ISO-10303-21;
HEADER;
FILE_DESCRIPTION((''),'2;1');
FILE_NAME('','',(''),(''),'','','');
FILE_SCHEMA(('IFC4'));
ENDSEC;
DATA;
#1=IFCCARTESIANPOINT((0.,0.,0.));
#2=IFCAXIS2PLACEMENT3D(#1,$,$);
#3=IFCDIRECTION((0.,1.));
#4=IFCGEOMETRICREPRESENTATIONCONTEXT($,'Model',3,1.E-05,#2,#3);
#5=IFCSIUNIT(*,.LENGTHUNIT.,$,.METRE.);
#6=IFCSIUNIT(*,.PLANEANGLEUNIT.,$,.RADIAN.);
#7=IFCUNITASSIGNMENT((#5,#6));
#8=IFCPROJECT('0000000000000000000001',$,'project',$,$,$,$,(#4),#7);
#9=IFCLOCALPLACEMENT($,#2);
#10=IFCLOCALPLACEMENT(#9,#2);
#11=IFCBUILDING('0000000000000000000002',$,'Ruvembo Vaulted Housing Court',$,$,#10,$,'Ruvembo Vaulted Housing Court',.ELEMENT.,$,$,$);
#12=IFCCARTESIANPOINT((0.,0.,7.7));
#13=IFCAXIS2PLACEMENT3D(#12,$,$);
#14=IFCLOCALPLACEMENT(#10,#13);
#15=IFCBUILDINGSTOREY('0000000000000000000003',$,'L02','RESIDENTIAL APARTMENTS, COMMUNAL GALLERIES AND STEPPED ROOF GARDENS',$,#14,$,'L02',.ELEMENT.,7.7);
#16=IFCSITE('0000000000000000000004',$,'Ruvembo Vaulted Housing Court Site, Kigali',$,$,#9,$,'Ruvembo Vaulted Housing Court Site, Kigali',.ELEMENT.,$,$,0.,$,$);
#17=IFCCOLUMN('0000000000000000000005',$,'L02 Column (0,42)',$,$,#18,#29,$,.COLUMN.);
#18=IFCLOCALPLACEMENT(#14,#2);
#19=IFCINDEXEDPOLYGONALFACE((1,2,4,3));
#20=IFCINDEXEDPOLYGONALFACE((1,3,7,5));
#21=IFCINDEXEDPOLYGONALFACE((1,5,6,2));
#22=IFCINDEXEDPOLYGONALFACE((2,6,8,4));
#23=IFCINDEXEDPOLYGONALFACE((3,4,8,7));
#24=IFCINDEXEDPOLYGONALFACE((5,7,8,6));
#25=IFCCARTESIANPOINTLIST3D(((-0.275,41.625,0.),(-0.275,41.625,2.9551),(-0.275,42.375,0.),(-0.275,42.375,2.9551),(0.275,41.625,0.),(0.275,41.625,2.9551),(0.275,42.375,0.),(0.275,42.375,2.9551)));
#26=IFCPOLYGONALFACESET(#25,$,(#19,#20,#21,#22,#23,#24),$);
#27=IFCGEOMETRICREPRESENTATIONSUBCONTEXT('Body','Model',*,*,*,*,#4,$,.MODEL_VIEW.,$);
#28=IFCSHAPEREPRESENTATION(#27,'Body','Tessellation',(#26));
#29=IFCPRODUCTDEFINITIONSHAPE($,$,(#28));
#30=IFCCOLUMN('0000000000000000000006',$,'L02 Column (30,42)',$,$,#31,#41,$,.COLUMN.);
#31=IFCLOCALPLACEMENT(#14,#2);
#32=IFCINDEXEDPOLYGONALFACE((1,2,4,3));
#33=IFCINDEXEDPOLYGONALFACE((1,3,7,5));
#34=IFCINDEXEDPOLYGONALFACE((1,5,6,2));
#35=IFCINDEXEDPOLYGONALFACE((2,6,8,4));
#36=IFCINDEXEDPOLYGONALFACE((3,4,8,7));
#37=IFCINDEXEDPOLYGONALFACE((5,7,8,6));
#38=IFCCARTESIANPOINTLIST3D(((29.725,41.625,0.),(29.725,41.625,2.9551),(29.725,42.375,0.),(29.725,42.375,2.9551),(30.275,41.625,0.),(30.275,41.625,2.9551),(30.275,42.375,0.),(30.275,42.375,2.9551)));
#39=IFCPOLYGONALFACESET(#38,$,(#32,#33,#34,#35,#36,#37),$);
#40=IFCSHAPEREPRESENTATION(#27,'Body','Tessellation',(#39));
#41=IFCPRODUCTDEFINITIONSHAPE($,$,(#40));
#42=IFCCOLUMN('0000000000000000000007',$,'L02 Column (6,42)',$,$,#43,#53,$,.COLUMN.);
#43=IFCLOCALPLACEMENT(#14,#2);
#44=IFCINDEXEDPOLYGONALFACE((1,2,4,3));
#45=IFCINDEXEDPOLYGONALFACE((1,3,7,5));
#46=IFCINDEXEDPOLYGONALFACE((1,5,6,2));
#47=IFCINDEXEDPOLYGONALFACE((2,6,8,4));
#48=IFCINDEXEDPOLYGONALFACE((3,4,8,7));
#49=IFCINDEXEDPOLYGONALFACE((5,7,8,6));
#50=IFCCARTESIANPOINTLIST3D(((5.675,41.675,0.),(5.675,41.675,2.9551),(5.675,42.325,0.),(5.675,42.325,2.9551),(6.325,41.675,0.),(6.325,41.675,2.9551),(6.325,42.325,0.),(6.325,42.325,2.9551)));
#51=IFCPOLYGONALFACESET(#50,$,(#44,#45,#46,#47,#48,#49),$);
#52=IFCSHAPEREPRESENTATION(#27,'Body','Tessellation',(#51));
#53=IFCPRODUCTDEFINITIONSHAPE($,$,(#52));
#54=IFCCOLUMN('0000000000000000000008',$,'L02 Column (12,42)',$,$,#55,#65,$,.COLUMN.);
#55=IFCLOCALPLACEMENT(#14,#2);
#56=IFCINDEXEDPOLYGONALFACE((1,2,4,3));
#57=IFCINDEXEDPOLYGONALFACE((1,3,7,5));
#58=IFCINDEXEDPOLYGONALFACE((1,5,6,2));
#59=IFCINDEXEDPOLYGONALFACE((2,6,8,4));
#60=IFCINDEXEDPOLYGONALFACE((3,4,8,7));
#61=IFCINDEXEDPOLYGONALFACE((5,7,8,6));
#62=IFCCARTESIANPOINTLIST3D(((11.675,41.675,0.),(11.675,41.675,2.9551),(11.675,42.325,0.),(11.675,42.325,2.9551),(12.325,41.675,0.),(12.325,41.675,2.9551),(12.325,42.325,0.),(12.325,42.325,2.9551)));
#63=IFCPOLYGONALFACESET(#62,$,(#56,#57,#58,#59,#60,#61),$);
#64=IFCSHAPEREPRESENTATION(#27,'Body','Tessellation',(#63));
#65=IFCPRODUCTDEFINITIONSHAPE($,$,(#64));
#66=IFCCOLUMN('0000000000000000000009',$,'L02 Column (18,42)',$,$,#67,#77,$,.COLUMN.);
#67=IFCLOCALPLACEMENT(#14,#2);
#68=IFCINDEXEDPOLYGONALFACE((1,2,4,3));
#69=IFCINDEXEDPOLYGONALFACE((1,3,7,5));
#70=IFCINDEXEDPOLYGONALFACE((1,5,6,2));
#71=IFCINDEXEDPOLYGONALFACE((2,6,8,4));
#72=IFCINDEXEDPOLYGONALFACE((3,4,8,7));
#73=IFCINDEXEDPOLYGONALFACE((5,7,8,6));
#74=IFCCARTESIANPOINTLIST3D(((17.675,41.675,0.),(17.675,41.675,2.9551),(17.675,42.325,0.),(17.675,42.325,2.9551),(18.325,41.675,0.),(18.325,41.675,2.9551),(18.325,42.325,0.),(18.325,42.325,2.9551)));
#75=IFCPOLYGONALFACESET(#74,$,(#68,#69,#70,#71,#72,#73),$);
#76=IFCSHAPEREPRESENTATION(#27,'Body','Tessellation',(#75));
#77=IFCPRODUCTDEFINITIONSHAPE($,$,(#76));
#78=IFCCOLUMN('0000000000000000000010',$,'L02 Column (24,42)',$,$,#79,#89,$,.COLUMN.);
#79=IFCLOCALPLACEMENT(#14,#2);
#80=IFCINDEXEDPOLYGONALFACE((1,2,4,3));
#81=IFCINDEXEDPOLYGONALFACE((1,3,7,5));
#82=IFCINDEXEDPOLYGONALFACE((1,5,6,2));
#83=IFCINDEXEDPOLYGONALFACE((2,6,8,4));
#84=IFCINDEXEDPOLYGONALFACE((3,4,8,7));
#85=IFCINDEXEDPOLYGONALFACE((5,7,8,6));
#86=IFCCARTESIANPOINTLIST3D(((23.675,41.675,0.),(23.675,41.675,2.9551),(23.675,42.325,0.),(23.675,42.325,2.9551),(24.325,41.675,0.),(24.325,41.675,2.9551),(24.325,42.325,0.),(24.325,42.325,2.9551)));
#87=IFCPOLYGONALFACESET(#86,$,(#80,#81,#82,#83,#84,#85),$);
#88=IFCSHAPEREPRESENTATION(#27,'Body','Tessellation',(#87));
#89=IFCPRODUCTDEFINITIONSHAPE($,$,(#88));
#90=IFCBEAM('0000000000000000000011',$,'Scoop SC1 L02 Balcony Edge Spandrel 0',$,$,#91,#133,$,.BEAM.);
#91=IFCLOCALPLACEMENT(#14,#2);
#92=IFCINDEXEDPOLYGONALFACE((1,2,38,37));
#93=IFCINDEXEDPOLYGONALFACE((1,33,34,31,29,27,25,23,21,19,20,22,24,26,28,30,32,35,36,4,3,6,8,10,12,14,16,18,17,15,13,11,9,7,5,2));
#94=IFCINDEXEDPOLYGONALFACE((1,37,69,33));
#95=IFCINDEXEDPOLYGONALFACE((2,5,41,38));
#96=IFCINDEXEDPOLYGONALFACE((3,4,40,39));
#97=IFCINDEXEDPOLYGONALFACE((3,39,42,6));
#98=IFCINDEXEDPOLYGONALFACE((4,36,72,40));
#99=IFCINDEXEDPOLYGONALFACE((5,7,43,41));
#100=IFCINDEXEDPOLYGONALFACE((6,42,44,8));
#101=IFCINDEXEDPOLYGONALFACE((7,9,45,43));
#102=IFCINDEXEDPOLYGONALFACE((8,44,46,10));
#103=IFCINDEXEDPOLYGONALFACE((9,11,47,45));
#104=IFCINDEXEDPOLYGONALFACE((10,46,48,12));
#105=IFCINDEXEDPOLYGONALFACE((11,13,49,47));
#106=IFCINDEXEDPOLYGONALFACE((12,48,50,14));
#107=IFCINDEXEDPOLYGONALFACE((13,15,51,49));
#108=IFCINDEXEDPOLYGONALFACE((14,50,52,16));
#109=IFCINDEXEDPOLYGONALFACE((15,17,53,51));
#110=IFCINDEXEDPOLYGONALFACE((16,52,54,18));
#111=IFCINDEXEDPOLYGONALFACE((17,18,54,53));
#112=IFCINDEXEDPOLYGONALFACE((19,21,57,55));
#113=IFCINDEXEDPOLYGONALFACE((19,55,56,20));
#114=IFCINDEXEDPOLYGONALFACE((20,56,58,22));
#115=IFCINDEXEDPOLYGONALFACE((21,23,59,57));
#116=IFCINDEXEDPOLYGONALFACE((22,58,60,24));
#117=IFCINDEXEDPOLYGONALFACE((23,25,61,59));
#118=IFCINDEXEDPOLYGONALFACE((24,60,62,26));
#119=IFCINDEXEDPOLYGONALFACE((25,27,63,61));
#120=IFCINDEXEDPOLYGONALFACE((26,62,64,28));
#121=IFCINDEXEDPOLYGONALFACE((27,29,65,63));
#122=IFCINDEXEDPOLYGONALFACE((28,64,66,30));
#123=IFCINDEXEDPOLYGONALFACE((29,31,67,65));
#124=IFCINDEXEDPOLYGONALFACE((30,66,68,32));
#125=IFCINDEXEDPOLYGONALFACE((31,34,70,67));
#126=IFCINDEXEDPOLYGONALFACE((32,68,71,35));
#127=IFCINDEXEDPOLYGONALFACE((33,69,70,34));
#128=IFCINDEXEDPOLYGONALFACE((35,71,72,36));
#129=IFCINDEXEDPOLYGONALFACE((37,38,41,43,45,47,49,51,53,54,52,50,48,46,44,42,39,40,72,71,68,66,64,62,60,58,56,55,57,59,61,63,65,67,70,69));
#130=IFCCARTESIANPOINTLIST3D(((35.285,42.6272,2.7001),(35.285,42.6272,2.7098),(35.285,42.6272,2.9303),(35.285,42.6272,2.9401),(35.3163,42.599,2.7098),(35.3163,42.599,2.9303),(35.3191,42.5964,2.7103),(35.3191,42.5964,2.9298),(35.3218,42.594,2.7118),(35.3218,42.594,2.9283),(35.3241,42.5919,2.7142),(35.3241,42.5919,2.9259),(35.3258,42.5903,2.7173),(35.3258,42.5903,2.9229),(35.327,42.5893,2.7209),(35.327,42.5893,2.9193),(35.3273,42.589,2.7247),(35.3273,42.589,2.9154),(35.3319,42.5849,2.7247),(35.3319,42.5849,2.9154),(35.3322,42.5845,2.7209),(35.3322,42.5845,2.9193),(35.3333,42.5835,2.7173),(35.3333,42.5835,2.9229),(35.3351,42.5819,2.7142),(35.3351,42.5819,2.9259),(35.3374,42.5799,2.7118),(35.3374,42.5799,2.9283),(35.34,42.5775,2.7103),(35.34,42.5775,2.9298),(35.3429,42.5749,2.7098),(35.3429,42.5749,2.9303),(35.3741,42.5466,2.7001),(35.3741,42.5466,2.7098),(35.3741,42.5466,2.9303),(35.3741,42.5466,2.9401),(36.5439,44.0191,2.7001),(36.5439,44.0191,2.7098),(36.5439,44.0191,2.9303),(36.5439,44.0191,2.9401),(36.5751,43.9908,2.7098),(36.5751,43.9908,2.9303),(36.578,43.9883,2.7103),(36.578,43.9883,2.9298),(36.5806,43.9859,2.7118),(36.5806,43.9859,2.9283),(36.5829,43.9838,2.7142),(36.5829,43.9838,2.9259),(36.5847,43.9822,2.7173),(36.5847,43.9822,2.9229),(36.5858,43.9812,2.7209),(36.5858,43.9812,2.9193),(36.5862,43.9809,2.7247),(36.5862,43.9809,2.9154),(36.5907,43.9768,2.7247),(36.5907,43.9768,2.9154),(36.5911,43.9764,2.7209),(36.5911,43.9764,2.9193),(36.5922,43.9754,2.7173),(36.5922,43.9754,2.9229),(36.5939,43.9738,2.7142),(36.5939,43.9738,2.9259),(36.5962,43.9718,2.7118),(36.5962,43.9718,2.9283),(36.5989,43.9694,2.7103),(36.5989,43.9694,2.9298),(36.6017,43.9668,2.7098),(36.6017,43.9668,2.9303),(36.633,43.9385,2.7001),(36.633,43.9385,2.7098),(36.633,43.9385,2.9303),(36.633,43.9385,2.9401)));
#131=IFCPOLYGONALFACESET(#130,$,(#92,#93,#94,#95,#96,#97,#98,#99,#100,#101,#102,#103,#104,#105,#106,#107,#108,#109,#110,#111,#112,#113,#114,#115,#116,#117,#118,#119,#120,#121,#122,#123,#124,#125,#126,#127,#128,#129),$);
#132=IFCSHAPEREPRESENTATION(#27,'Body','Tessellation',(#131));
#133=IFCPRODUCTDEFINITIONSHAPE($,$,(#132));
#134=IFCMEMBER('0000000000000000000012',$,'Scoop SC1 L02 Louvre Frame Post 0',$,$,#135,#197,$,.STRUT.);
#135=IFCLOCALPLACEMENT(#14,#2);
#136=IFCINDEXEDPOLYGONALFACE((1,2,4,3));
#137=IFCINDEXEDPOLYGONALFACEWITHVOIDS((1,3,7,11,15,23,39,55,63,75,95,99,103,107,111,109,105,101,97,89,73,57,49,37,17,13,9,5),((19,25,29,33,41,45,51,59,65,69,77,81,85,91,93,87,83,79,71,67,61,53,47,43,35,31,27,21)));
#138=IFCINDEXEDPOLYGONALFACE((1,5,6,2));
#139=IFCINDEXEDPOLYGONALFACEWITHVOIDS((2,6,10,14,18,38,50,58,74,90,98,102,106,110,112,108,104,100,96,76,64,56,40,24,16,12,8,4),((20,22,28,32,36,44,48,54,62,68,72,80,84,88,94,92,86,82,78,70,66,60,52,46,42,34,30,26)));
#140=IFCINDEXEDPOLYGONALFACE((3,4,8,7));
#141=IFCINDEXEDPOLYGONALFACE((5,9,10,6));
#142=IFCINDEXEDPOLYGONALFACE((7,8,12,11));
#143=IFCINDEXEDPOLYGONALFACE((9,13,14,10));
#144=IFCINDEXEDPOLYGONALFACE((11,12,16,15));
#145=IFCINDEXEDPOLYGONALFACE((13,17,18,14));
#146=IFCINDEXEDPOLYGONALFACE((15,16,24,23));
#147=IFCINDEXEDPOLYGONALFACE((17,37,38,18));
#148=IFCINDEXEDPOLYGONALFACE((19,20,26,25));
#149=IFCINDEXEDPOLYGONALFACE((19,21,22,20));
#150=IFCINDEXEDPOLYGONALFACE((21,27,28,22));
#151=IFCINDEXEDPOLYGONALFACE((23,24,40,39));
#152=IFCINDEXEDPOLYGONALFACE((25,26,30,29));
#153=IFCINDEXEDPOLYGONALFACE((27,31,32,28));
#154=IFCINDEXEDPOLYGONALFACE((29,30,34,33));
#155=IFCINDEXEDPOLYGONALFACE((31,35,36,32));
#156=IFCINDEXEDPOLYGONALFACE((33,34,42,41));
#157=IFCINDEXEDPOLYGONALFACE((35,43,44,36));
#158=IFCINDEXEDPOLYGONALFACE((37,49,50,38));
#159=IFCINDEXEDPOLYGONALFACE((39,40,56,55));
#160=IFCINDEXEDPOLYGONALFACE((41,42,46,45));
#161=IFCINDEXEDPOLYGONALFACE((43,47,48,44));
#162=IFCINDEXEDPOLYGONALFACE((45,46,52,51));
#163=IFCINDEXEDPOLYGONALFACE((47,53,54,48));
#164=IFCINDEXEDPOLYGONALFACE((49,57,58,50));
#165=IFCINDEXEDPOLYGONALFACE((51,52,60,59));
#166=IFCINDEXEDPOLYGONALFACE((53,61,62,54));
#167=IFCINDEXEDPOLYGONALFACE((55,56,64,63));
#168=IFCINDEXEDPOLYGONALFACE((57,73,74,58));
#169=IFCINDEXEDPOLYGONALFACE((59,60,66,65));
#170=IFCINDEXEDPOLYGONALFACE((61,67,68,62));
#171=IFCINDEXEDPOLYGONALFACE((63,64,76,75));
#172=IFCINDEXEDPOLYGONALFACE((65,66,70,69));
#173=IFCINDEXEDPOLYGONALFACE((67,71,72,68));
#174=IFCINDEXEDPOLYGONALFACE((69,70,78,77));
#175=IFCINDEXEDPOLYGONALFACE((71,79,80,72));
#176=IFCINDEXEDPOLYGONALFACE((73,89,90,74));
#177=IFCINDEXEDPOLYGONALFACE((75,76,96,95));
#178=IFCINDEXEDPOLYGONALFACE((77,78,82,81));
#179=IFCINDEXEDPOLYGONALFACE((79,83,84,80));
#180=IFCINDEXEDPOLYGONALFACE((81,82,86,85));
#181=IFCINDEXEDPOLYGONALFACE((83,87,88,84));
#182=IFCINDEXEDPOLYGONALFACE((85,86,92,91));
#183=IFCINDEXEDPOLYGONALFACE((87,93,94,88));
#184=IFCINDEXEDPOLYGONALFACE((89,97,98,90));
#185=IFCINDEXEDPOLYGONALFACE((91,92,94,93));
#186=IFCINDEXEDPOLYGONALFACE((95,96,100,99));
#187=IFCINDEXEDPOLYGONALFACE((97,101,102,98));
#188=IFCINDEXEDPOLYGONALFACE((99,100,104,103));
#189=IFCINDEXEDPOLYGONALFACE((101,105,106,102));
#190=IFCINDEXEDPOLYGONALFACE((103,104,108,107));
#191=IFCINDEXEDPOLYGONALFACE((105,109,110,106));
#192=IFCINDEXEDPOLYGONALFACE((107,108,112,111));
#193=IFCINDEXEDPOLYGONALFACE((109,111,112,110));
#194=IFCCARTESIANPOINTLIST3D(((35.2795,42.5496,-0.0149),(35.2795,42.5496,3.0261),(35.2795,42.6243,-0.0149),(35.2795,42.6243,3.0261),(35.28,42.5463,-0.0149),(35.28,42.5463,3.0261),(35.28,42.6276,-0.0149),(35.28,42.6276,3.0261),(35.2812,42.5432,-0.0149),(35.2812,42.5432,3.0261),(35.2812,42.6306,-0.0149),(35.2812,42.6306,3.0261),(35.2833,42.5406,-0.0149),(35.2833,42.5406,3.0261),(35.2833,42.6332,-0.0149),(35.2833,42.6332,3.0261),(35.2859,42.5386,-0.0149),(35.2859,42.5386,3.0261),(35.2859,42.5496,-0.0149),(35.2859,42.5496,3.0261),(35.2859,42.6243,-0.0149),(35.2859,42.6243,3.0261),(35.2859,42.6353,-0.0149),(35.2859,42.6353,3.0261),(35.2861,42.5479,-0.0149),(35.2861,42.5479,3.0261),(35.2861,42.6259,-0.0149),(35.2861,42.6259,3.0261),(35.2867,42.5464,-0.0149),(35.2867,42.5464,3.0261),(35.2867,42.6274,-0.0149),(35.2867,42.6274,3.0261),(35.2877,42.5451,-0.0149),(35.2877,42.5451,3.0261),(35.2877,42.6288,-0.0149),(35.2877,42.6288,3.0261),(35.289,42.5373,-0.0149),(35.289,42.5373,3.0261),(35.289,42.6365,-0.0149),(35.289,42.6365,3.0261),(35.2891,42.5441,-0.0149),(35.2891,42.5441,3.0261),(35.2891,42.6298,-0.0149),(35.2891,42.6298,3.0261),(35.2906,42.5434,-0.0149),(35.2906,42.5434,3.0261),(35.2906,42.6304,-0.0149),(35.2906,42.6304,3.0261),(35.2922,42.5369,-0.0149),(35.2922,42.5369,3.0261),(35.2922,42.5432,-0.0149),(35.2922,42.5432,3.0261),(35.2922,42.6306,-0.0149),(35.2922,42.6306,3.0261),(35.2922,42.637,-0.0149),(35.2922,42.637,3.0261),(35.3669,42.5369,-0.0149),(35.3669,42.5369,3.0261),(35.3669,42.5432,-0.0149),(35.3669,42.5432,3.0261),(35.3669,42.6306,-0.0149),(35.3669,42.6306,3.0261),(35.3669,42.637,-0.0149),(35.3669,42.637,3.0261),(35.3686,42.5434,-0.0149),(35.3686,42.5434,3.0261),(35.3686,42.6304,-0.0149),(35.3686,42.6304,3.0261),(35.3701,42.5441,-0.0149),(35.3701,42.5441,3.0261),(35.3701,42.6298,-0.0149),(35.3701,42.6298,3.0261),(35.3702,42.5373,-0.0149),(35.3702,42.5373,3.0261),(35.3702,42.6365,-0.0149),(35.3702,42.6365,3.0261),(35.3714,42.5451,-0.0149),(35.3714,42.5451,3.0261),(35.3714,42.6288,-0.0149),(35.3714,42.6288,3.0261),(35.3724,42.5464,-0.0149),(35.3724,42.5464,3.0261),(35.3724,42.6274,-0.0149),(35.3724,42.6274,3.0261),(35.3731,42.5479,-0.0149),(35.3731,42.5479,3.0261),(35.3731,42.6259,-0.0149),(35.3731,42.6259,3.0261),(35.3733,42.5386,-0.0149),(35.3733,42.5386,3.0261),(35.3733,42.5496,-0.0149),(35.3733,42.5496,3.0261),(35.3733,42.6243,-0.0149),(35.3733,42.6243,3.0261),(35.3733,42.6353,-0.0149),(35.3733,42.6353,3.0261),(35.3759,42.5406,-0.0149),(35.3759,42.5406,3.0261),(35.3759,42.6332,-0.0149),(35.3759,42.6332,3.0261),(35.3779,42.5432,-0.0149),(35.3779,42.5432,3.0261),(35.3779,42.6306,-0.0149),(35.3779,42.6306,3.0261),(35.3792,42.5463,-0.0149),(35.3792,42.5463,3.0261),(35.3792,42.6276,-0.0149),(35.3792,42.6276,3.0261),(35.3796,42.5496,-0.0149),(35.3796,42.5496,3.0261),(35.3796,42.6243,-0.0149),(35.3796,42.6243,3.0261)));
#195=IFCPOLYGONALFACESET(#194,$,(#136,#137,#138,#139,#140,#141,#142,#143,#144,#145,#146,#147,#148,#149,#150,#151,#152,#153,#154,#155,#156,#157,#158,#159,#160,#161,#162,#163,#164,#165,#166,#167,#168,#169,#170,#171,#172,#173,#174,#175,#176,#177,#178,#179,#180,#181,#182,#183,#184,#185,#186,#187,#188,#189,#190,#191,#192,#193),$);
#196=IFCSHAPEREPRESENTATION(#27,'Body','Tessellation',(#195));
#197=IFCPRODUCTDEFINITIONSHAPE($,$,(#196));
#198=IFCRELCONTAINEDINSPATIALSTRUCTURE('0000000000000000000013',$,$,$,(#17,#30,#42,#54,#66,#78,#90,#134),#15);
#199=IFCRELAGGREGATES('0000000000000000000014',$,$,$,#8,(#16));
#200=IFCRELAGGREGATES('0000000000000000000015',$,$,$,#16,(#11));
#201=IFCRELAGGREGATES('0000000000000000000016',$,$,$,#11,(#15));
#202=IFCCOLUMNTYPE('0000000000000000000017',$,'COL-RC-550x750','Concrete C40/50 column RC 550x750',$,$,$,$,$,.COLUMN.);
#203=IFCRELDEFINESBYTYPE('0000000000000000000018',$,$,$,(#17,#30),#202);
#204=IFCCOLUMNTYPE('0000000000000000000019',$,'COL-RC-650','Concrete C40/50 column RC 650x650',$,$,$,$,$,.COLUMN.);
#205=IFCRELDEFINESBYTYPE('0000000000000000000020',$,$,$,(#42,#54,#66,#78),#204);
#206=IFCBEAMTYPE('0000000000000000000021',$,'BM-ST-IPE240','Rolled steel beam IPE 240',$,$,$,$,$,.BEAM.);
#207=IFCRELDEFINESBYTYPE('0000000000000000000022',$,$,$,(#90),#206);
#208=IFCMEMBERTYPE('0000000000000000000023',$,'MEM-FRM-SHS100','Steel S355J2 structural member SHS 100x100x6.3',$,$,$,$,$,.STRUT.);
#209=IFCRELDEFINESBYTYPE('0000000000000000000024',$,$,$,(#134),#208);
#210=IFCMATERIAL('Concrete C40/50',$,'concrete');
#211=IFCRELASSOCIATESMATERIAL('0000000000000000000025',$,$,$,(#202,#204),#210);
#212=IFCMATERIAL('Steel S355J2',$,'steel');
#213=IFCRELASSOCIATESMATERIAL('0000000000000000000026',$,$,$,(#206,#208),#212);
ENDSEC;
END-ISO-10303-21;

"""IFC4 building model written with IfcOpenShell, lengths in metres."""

from ifc_helpers import new_model, si_unit, direction, frame, origin, origin_2d, place, context, subcontext, project, spatial, rectangle, hollow_rectangle, i_section, extrude, material, material_profile, profile_set, type_object, element, save


model = new_model("IFC4")

# Units and contexts
model_context = context("Model", 3, precision=1e-05, world=origin(), true_north=direction((0.0, 1.0)))
body_context = subcontext(model_context, "Body", "Model", "MODEL_VIEW")
ifc_project = project(units=[si_unit("LENGTHUNIT", "METRE"), si_unit("PLANEANGLEUNIT", "RADIAN")], contexts=[model_context])

# Site, building, storey
site_placement = place(None, origin())
site = spatial("IfcSite", under=ifc_project, at=site_placement, Name="Ruvembo Vaulted Housing Court Site, Kigali", LongName="Ruvembo Vaulted Housing Court Site, Kigali", CompositionType="ELEMENT", RefElevation=0.0)
building_placement = place(site_placement, origin())
building = spatial("IfcBuilding", under=site, at=building_placement, Name="Ruvembo Vaulted Housing Court", LongName="Ruvembo Vaulted Housing Court", CompositionType="ELEMENT")
storey_placement = place(building_placement, frame((0.0, 0.0, 7.7)))
storey = spatial("IfcBuildingStorey", under=building, at=storey_placement, Name="L02", Description="RESIDENTIAL APARTMENTS, COMMUNAL GALLERIES AND STEPPED ROOF GARDENS", LongName="L02", CompositionType="ELEMENT", Elevation=7.7)

# Columns
ifc_material_1 = material(Name="Concrete C40/50", Category="concrete")
ifc_material_profile_1 = material_profile(ifc_material_1, rectangle(XDim=0.55, YDim=0.75, at=origin_2d()), Name="RC 550x750")
ifc_profile_set_1 = profile_set([ifc_material_profile_1], Name="Concrete C40/50")
column_type_1 = type_object("IfcColumnType", Name="COL-RC-550x750", Description="Concrete C40/50 column RC 550x750", PredefinedType="COLUMN", material=ifc_profile_set_1)
for number, where, z_axis, x_axis, name in (
    (1, (0.0, 42.0, 0.0), (0.0, 0.0, 1.0), (1.0, 0.0, 0.0), "L02 Column (0,42)"),
    (2, (30.0, 42.0, 0.0), (0.0, 0.0, 1.0), (1.0, 0.0, 0.0), "L02 Column (30,42)"),
):
    element("IfcColumn", number, at=place(storey_placement, frame(where, z_axis=z_axis, x_axis=x_axis)), inside=storey, type_object=column_type_1, Name=name, PredefinedType="COLUMN", context=body_context, shape_type="SweptSolid", body=[
        extrude(rectangle(XDim=0.55, YDim=0.75, at=origin_2d()), origin(), (0.0, 0.0, 1.0), 2.9551),
    ])
ifc_material_profile_2 = material_profile(ifc_material_1, rectangle(XDim=0.6499, YDim=0.6499, at=origin_2d()), Name="RC 650x650")
ifc_profile_set_2 = profile_set([ifc_material_profile_2], Name="Concrete C40/50")
column_type_2 = type_object("IfcColumnType", Name="COL-RC-650", Description="Concrete C40/50 column RC 650x650", PredefinedType="COLUMN", material=ifc_profile_set_2)
for number, where, z_axis, x_axis, name in (
    (3, (6.0, 42.0, 0.0), (0.0, 0.0, 1.0), (1.0, 0.0, 0.0), "L02 Column (6,42)"),
    (4, (12.0, 42.0, 0.0), (0.0, 0.0, 1.0), (1.0, 0.0, 0.0), "L02 Column (12,42)"),
    (5, (18.0, 42.0, 0.0), (0.0, 0.0, 1.0), (1.0, 0.0, 0.0), "L02 Column (18,42)"),
    (6, (24.0, 42.0, 0.0), (0.0, 0.0, 1.0), (1.0, 0.0, 0.0), "L02 Column (24,42)"),
):
    element("IfcColumn", number, at=place(storey_placement, frame(where, z_axis=z_axis, x_axis=x_axis)), inside=storey, type_object=column_type_2, Name=name, PredefinedType="COLUMN", context=body_context, shape_type="SweptSolid", body=[
        extrude(rectangle(XDim=0.6499, YDim=0.6499, at=origin_2d()), origin(), (0.0, 0.0, 1.0), 2.9551),
    ])

# Beam
ifc_material_2 = material(Name="Steel S355J2", Category="steel")
ifc_material_profile_3 = material_profile(ifc_material_2, i_section(OverallWidth=0.1201, OverallDepth=0.24, WebThickness=0.0061, FlangeThickness=0.0098, FilletRadius=0.0149, at=origin_2d()), Name="IPE 240")
ifc_profile_set_3 = profile_set([ifc_material_profile_3], Name="Steel S355J2")
beam_type_1 = type_object("IfcBeamType", Name="BM-ST-IPE240", Description="Rolled steel beam IPE 240", PredefinedType="BEAM", material=ifc_profile_set_3)
beam_1_placement = place(storey_placement, frame((35.3296, 42.5869, 2.8201), z_axis=(0.670767, 0.741668, 0.0), x_axis=(-0.741668, 0.670767, 0.0)))
element("IfcBeam", 7, at=beam_1_placement, inside=storey, type_object=beam_type_1, Name="Scoop SC1 L02 Balcony Edge Spandrel 0", PredefinedType="BEAM", context=body_context, shape_type="SweptSolid", body=[
    extrude(i_section(OverallWidth=0.1201, OverallDepth=0.24, WebThickness=0.0061, FlangeThickness=0.0098, FilletRadius=0.0149, at=origin_2d()), origin(), (0.0, 0.0, 1.0), 1.8767),
])

# Member
ifc_material_profile_4 = material_profile(ifc_material_2, hollow_rectangle(XDim=0.1001, YDim=0.1001, WallThickness=0.0063, InnerFilletRadius=0.0063, OuterFilletRadius=0.0127, at=origin_2d()), Name="SHS 100x100x6.3")
ifc_profile_set_4 = profile_set([ifc_material_profile_4], Name="Steel S355J2")
member_type = type_object("IfcMemberType", Name="MEM-FRM-SHS100", Description="Steel S355J2 structural member SHS 100x100x6.3", PredefinedType="STRUT", material=ifc_profile_set_4)
member_placement = place(storey_placement, frame((35.3296, 42.5869, -0.0149), z_axis=(0.0, 0.0, 1.0), x_axis=(1.0, 0.0, 0.0)))
element("IfcMember", 8, at=member_placement, inside=storey, type_object=member_type, Name="Scoop SC1 L02 Louvre Frame Post 0", PredefinedType="STRUT", context=body_context, shape_type="SweptSolid", body=[
    extrude(hollow_rectangle(XDim=0.1001, YDim=0.1001, WallThickness=0.0063, InnerFilletRadius=0.0063, OuterFilletRadius=0.0127, at=origin_2d()), origin(), (0.0, 0.0, 1.0), 3.041),
])

save(model, "model.ifc")
